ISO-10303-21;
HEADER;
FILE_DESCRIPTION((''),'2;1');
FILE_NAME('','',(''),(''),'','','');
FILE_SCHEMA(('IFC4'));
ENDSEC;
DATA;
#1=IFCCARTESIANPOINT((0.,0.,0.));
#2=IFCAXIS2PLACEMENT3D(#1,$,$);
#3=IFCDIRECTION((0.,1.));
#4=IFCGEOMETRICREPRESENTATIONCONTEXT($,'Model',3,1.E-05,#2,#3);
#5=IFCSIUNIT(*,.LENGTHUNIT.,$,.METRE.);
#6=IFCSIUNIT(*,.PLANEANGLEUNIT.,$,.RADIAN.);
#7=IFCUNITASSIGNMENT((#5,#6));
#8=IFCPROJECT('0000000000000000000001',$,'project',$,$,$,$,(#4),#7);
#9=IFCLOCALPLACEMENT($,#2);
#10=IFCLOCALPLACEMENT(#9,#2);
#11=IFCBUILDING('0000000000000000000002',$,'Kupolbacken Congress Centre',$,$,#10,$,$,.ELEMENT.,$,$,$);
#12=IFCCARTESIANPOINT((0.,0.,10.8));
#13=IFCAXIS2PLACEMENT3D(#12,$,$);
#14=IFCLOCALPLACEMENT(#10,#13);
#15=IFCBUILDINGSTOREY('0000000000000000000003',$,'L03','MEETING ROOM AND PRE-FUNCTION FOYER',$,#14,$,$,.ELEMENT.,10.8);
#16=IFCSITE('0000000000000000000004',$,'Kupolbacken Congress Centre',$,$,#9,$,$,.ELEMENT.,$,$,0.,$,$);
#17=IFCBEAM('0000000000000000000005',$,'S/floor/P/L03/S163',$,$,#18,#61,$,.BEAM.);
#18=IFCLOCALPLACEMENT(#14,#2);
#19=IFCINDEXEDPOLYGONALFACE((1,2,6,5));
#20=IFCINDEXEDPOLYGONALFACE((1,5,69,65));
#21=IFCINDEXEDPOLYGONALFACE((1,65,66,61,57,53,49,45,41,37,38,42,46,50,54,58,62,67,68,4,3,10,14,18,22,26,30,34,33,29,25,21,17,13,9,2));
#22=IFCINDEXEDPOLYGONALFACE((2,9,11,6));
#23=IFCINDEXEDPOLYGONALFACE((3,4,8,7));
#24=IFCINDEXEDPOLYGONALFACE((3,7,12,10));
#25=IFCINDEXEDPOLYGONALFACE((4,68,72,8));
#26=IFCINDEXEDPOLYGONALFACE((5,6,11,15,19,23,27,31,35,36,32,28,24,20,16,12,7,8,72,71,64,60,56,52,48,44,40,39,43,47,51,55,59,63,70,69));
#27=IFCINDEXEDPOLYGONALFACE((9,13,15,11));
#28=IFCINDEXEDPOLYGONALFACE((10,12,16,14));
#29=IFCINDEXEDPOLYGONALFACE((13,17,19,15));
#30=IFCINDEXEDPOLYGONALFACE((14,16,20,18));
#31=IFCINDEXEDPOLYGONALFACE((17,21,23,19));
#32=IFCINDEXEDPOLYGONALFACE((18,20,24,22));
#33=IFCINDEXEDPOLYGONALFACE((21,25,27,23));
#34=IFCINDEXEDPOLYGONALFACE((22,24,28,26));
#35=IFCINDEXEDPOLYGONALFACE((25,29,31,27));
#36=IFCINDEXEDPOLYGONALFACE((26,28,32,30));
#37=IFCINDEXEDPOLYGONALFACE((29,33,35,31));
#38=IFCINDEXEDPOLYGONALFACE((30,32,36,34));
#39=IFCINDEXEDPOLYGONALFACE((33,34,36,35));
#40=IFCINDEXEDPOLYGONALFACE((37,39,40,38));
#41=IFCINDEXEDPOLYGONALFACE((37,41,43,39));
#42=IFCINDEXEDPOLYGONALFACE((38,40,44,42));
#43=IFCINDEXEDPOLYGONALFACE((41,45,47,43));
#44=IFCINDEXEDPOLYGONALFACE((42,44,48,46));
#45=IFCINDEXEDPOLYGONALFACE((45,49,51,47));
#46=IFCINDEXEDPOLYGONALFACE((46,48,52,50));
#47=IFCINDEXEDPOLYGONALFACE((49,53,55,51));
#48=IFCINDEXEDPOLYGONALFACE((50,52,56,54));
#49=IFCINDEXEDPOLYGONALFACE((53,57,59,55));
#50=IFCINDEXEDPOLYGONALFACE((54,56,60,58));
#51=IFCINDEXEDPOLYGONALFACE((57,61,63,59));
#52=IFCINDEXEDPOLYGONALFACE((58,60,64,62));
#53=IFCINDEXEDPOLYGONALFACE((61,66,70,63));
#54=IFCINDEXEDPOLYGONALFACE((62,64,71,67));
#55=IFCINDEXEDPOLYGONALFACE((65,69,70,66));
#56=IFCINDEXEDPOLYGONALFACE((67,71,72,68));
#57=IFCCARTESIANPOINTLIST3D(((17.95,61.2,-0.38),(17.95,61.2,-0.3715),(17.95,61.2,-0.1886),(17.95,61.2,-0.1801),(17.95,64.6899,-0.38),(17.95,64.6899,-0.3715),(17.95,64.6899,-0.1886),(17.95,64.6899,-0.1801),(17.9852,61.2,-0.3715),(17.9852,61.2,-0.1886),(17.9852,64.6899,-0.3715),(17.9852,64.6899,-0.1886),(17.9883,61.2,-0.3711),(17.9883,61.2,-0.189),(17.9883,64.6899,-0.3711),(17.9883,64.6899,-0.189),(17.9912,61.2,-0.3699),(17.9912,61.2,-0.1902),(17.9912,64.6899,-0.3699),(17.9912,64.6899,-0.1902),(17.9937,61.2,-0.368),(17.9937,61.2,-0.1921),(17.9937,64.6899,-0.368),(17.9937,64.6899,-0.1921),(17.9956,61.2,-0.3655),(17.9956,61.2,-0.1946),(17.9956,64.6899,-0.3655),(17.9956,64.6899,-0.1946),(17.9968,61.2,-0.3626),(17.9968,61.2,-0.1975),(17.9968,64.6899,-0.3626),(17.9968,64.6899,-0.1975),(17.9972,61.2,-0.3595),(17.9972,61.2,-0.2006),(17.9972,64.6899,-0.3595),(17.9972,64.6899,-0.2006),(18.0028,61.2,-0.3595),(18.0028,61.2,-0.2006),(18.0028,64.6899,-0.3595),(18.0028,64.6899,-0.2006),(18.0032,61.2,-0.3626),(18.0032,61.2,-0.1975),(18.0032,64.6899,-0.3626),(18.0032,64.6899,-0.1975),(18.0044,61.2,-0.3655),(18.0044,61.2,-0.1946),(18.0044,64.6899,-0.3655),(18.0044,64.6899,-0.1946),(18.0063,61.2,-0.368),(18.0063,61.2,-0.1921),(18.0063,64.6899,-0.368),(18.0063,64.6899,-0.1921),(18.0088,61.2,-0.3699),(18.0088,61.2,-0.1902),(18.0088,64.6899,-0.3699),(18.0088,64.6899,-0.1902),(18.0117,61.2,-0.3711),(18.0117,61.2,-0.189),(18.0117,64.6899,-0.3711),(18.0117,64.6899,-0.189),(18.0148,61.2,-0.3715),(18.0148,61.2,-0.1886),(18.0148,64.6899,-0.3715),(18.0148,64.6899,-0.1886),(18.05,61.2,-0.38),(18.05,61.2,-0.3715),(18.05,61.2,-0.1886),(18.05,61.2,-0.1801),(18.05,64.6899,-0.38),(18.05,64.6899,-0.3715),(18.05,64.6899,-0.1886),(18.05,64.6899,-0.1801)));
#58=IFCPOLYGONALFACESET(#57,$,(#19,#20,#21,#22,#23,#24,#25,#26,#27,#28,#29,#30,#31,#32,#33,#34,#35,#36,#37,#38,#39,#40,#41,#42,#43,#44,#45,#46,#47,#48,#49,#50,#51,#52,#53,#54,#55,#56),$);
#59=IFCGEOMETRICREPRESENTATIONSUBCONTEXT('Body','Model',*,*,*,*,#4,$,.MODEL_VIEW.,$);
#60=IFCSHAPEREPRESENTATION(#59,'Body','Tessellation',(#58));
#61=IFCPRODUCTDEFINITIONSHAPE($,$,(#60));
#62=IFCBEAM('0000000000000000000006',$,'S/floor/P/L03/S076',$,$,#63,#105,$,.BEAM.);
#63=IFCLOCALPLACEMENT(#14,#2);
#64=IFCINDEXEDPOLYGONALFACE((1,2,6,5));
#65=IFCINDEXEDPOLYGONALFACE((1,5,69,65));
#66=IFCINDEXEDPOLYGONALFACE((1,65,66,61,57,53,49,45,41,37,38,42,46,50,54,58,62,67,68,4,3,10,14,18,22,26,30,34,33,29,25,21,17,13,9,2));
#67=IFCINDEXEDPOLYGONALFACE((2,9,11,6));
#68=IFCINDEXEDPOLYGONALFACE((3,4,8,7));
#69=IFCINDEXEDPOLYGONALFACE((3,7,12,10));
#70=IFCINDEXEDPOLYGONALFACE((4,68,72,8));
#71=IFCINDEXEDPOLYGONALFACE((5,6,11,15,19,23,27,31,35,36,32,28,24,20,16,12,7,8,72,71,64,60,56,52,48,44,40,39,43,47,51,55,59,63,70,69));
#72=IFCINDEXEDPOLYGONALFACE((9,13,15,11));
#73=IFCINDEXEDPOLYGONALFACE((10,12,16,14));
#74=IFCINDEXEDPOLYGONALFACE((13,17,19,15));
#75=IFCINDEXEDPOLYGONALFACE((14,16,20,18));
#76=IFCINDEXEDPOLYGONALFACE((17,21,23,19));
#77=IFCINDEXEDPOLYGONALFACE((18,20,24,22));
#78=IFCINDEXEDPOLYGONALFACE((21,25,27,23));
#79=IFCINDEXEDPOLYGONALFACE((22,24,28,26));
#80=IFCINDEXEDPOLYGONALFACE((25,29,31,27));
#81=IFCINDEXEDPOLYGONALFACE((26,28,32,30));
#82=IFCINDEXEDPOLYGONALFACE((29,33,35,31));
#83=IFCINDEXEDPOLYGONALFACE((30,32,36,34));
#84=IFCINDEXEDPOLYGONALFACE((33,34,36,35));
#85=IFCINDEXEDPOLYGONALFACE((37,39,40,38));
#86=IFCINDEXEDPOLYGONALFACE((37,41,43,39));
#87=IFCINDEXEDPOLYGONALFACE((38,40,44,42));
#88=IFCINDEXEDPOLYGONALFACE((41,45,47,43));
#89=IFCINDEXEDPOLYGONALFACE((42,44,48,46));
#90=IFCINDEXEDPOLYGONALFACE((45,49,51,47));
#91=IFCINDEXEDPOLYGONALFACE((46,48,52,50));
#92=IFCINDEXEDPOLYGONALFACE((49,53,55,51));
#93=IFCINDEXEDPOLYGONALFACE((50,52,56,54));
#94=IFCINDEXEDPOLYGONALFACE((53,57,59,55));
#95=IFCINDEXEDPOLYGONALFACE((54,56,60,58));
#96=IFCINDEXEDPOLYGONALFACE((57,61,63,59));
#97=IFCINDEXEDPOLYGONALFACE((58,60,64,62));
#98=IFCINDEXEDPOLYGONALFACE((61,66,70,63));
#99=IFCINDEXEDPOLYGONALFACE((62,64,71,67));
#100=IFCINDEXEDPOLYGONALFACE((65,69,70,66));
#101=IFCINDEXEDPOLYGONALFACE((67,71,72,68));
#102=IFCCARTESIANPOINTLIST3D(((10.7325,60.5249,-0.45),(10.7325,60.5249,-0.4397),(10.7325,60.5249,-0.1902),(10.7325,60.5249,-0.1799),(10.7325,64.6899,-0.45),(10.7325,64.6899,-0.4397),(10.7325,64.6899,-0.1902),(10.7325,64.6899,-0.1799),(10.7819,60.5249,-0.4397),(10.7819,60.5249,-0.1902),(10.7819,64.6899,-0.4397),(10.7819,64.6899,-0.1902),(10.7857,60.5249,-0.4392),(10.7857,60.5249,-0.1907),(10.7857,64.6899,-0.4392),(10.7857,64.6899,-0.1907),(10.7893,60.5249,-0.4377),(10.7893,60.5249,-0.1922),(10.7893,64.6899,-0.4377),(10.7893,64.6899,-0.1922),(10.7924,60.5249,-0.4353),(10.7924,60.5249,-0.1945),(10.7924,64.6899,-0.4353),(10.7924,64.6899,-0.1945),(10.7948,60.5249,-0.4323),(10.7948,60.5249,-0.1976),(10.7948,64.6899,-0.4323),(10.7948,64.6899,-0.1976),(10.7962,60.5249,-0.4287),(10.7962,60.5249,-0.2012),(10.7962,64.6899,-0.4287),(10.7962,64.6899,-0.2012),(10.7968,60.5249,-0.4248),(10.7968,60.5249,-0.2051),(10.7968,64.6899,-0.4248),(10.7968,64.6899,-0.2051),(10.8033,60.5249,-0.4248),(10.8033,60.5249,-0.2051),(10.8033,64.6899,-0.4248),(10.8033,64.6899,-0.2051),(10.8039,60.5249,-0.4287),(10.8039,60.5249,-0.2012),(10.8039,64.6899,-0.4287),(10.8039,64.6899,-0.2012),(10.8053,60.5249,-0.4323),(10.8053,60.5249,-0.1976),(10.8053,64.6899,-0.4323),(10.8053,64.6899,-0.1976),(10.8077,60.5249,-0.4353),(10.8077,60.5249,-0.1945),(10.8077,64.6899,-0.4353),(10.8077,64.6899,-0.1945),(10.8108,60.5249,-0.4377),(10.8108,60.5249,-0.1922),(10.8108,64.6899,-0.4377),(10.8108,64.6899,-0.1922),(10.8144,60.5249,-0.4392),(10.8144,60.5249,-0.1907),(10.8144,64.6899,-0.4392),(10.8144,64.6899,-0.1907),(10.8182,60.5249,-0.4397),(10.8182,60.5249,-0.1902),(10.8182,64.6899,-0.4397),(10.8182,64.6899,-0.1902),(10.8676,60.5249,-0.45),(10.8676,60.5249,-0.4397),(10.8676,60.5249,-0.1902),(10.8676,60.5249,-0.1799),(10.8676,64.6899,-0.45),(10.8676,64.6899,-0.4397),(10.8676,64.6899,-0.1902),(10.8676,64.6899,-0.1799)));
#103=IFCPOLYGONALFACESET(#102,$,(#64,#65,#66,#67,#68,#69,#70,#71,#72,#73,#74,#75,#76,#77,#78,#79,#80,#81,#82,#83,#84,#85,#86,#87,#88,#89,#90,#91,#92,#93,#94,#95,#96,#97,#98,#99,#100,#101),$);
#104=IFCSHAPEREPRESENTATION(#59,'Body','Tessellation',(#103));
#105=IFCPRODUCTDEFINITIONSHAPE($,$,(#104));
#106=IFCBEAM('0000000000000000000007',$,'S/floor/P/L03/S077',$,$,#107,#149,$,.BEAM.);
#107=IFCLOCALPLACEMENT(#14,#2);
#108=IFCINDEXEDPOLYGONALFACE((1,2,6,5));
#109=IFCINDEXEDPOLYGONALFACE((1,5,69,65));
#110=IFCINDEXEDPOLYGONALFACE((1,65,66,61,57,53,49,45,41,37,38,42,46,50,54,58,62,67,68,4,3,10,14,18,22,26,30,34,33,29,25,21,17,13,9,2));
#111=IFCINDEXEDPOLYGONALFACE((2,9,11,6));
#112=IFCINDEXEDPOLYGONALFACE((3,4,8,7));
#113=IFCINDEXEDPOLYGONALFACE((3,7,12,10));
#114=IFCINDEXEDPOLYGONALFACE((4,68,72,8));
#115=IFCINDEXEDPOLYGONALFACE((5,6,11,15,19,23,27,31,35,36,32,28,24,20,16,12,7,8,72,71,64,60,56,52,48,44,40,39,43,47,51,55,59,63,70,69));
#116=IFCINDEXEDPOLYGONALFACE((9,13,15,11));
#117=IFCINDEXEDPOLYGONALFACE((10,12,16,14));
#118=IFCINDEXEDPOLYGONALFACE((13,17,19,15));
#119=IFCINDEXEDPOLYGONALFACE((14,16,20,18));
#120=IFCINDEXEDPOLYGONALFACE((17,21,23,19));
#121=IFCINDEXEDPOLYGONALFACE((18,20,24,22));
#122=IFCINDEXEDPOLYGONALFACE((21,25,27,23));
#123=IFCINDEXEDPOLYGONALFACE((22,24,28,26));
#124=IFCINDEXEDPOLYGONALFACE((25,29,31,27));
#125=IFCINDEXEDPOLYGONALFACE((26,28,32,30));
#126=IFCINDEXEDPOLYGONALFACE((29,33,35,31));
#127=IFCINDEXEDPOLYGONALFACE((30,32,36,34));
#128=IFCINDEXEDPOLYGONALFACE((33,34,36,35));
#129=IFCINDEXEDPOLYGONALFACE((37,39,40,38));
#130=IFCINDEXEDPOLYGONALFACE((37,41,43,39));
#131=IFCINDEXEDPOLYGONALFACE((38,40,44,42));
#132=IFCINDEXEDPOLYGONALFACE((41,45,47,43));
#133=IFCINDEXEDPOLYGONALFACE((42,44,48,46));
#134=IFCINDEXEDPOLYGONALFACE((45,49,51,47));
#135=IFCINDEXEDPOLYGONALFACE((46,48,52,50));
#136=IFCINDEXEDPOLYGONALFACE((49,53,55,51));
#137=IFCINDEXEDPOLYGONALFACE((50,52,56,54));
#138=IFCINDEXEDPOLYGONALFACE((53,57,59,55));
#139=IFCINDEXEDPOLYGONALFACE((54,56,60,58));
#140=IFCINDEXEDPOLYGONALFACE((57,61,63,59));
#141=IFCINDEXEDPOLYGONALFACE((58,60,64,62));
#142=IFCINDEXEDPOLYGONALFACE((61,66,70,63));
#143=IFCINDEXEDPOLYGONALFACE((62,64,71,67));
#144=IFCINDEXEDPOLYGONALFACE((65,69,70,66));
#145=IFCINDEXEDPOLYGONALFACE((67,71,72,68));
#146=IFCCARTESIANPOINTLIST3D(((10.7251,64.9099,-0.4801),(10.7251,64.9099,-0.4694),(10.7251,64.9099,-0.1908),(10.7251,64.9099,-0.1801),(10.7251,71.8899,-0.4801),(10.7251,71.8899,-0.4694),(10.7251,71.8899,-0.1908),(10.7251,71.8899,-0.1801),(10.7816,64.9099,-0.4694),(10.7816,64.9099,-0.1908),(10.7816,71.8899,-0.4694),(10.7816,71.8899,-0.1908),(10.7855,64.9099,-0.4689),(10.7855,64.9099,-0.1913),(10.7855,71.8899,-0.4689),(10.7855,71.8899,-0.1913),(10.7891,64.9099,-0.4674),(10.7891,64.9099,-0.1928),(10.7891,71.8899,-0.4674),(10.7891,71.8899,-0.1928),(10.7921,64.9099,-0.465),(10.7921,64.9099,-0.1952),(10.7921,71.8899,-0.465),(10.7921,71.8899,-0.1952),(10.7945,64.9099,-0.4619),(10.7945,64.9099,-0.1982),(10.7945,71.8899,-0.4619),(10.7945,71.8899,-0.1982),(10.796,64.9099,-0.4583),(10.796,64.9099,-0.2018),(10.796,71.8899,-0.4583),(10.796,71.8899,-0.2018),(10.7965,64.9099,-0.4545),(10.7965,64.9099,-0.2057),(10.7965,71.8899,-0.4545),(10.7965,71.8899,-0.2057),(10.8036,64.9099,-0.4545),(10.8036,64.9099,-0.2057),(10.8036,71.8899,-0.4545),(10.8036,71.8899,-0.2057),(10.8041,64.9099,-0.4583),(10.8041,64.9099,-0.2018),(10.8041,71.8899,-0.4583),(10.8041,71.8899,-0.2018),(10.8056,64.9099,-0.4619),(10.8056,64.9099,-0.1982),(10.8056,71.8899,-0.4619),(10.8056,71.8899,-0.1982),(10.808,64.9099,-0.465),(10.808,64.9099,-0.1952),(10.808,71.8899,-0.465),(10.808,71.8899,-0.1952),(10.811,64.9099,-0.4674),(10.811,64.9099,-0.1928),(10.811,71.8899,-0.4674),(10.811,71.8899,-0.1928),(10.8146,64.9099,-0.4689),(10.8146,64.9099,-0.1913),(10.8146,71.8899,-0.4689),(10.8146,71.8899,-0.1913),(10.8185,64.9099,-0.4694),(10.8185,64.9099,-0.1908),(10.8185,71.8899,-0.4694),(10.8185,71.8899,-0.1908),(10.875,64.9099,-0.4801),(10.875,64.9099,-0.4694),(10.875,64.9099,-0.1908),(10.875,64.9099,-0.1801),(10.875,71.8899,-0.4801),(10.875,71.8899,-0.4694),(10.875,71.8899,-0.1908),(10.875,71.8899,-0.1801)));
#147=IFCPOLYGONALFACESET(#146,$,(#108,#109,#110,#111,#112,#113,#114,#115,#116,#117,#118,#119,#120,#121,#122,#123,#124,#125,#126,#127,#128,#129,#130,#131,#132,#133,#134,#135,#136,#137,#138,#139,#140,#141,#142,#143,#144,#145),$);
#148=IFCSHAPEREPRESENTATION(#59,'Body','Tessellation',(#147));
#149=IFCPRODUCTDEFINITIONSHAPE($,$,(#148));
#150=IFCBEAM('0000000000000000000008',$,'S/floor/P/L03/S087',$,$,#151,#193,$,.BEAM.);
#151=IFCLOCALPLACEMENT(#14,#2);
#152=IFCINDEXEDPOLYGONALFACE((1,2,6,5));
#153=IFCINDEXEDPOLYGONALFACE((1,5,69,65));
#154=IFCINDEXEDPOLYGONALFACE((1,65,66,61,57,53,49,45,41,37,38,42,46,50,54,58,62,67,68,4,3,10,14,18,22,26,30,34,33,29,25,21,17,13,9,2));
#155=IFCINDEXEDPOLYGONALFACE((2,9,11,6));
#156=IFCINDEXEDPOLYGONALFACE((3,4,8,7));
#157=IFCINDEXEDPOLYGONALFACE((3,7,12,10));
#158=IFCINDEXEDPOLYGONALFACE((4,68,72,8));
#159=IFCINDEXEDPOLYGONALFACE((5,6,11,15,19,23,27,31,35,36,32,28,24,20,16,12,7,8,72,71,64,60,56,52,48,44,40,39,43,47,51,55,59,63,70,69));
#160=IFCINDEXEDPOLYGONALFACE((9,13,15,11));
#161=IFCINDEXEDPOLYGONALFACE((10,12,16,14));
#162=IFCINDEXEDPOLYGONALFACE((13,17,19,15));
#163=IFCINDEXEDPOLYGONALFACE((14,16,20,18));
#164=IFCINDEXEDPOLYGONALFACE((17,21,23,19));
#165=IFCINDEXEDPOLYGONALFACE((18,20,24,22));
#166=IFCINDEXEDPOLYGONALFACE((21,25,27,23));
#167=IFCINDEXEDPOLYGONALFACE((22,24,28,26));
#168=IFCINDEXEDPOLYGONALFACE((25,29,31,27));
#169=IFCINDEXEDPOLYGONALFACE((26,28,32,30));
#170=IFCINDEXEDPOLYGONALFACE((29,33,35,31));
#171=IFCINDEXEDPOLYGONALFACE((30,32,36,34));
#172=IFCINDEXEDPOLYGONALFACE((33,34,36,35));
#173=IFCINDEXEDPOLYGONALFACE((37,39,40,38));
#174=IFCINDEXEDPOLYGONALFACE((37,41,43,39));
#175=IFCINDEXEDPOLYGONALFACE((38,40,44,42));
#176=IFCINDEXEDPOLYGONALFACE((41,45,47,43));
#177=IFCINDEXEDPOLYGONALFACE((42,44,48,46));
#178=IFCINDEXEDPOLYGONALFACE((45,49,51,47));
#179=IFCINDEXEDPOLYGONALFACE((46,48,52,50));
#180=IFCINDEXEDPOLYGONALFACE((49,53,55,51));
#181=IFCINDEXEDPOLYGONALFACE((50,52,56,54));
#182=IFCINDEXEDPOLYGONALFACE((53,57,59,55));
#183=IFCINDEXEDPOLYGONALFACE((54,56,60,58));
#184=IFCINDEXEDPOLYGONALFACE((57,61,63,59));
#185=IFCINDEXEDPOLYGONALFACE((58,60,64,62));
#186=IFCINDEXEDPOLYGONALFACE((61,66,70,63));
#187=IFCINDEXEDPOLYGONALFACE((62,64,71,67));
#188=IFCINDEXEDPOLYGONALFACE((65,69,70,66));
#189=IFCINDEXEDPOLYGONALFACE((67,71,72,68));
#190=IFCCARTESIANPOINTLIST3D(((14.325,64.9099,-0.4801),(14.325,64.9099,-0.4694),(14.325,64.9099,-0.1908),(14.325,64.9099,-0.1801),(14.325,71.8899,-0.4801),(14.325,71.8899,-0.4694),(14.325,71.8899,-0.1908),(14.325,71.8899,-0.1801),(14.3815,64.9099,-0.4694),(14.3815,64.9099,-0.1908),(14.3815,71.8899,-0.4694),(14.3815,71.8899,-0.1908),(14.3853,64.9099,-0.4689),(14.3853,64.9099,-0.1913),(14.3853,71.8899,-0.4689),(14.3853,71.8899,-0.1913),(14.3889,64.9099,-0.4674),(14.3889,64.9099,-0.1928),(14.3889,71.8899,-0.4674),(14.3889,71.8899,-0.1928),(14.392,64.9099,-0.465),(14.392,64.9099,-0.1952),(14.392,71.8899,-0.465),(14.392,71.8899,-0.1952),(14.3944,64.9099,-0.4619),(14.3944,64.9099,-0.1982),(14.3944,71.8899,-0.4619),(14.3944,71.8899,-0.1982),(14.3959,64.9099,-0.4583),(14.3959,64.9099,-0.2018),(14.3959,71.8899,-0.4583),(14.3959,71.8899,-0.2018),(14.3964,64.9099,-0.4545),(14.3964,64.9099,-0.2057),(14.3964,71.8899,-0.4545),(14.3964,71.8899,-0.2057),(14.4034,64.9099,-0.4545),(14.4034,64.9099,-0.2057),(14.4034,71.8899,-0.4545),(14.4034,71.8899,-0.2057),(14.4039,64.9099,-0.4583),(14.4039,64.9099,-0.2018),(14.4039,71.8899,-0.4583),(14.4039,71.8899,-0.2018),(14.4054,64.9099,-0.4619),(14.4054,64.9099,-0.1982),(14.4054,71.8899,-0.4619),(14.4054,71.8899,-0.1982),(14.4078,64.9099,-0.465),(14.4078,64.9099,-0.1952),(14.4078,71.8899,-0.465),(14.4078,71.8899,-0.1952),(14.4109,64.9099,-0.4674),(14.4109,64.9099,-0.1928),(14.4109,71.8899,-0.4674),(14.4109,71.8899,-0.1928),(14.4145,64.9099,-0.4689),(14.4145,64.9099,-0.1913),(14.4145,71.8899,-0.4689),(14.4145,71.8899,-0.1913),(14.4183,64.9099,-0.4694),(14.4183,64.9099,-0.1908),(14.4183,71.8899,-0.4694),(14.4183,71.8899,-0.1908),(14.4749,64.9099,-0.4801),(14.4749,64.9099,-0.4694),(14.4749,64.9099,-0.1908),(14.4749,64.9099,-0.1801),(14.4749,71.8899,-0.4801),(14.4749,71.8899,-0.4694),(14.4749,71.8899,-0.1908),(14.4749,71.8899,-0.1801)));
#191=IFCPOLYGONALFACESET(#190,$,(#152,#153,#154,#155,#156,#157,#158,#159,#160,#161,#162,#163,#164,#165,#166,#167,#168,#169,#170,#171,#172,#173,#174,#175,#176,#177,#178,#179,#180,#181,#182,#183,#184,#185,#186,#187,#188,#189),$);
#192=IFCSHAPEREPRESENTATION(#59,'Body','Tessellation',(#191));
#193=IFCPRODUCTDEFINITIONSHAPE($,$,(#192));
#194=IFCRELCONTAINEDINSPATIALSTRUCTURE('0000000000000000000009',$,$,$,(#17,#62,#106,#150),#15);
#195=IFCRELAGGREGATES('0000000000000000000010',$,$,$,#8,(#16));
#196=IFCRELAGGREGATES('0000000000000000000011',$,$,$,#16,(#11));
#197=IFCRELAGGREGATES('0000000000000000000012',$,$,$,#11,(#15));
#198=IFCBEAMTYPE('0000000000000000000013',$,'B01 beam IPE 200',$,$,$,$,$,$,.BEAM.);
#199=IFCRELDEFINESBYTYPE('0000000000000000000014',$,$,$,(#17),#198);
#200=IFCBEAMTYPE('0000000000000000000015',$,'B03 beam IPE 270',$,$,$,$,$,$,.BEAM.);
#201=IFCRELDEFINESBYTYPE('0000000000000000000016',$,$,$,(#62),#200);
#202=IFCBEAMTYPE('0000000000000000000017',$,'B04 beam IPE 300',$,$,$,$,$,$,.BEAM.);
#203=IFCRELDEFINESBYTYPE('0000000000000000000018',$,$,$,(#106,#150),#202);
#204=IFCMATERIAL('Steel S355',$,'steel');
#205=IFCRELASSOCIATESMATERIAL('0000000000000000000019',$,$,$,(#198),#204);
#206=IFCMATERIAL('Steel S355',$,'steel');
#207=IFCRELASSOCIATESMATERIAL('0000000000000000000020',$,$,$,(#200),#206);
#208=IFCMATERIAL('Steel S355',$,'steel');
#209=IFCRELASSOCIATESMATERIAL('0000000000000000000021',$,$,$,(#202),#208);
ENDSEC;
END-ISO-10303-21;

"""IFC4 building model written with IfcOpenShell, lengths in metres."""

from ifc_helpers import new_model, si_unit, direction, frame, origin, origin_2d, place, context, subcontext, project, spatial, i_section, extrude, material, material_profile, profile_set, type_object, element, save


model = new_model("IFC4")

# Units and contexts
model_context = context("Model", 3, precision=1e-05, world=origin(), true_north=direction((0.0, 1.0)))
body_context = subcontext(model_context, "Body", "Model", "MODEL_VIEW")
ifc_project = project(units=[si_unit("LENGTHUNIT", "METRE"), si_unit("PLANEANGLEUNIT", "RADIAN")], contexts=[model_context])

# Site, building, storey
site_placement = place(None, origin())
site = spatial("IfcSite", under=ifc_project, at=site_placement, Name="Kupolbacken Congress Centre", CompositionType="ELEMENT", RefElevation=0.0)
building_placement = place(site_placement, origin())
building = spatial("IfcBuilding", under=site, at=building_placement, Name="Kupolbacken Congress Centre", CompositionType="ELEMENT")
storey_placement = place(building_placement, frame((0.0, 0.0, 10.8)))
storey = spatial("IfcBuildingStorey", under=building, at=storey_placement, Name="L03", Description="MEETING ROOM AND PRE-FUNCTION FOYER", CompositionType="ELEMENT", Elevation=10.8)

# Beams
ifc_material_1 = material(Name="Steel S355", Category="steel")
ifc_material_profile_1 = material_profile(ifc_material_1, i_section(OverallWidth=0.1001, OverallDepth=0.2, WebThickness=0.0056, FlangeThickness=0.0085, FilletRadius=0.012, at=origin_2d()), Name="IPE 200")
ifc_profile_set_1 = profile_set([ifc_material_profile_1], Name="Steel S355")
beam_type_1 = type_object("IfcBeamType", Name="B01 beam IPE 200", PredefinedType="BEAM", material=ifc_profile_set_1)
beam_1_placement = place(storey_placement, frame((18.0, 61.2, -0.28), z_axis=(0.0, 1.0, 0.0), x_axis=(-1.0, 0.0, 0.0)))
element("IfcBeam", 1, at=beam_1_placement, inside=storey, type_object=beam_type_1, Name="S/floor/P/L03/S163", PredefinedType="BEAM", context=body_context, shape_type="SweptSolid", body=[
    extrude(i_section(OverallWidth=0.1001, OverallDepth=0.2, WebThickness=0.0056, FlangeThickness=0.0085, FilletRadius=0.012, at=origin_2d()), origin(), (0.0, 0.0, 1.0), 3.49),
])
ifc_material_2 = material(Name="Steel S355", Category="steel")
ifc_material_profile_2 = material_profile(ifc_material_2, i_section(OverallWidth=0.135, OverallDepth=0.27, WebThickness=0.0066, FlangeThickness=0.0103, FilletRadius=0.0149, at=origin_2d()), Name="IPE 270")
ifc_profile_set_2 = profile_set([ifc_material_profile_2], Name="Steel S355")
beam_type_2 = type_object("IfcBeamType", Name="B03 beam IPE 270", PredefinedType="BEAM", material=ifc_profile_set_2)
beam_2_placement = place(storey_placement, frame((10.8, 60.5249, -0.3149), z_axis=(0.0, 1.0, 0.0), x_axis=(-1.0, 0.0, 0.0)))
element("IfcBeam", 2, at=beam_2_placement, inside=storey, type_object=beam_type_2, Name="S/floor/P/L03/S076", PredefinedType="BEAM", context=body_context, shape_type="SweptSolid", body=[
    extrude(i_section(OverallWidth=0.135, OverallDepth=0.27, WebThickness=0.0066, FlangeThickness=0.0103, FilletRadius=0.0149, at=origin_2d()), origin(), (0.0, 0.0, 1.0), 4.165),
])
ifc_material_3 = material(Name="Steel S355", Category="steel")
ifc_material_profile_3 = material_profile(ifc_material_3, i_section(OverallWidth=0.1499, OverallDepth=0.3, WebThickness=0.0071, FlangeThickness=0.0107, FilletRadius=0.0149, at=origin_2d()), Name="IPE 300")
ifc_profile_set_3 = profile_set([ifc_material_profile_3], Name="Steel S355")
beam_type_3 = type_object("IfcBeamType", Name="B04 beam IPE 300", PredefinedType="BEAM", material=ifc_profile_set_3)
for number, where, z_axis, x_axis, name in (
    (3, (10.8, 64.9099, -0.3301), (0.0, 1.0, 0.0), (-1.0, 0.0, 0.0), "S/floor/P/L03/S077"),
    (4, (14.3999, 64.9099, -0.3301), (0.0, 1.0, 0.0), (-1.0, 0.0, 0.0), "S/floor/P/L03/S087"),
):
    element("IfcBeam", number, at=place(storey_placement, frame(where, z_axis=z_axis, x_axis=x_axis)), inside=storey, type_object=beam_type_3, Name=name, PredefinedType="BEAM", context=body_context, shape_type="SweptSolid", body=[
        extrude(i_section(OverallWidth=0.1499, OverallDepth=0.3, WebThickness=0.0071, FlangeThickness=0.0107, FilletRadius=0.0149, at=origin_2d()), origin(), (0.0, 0.0, 1.0), 6.98),
    ])

save(model, "model.ifc")
